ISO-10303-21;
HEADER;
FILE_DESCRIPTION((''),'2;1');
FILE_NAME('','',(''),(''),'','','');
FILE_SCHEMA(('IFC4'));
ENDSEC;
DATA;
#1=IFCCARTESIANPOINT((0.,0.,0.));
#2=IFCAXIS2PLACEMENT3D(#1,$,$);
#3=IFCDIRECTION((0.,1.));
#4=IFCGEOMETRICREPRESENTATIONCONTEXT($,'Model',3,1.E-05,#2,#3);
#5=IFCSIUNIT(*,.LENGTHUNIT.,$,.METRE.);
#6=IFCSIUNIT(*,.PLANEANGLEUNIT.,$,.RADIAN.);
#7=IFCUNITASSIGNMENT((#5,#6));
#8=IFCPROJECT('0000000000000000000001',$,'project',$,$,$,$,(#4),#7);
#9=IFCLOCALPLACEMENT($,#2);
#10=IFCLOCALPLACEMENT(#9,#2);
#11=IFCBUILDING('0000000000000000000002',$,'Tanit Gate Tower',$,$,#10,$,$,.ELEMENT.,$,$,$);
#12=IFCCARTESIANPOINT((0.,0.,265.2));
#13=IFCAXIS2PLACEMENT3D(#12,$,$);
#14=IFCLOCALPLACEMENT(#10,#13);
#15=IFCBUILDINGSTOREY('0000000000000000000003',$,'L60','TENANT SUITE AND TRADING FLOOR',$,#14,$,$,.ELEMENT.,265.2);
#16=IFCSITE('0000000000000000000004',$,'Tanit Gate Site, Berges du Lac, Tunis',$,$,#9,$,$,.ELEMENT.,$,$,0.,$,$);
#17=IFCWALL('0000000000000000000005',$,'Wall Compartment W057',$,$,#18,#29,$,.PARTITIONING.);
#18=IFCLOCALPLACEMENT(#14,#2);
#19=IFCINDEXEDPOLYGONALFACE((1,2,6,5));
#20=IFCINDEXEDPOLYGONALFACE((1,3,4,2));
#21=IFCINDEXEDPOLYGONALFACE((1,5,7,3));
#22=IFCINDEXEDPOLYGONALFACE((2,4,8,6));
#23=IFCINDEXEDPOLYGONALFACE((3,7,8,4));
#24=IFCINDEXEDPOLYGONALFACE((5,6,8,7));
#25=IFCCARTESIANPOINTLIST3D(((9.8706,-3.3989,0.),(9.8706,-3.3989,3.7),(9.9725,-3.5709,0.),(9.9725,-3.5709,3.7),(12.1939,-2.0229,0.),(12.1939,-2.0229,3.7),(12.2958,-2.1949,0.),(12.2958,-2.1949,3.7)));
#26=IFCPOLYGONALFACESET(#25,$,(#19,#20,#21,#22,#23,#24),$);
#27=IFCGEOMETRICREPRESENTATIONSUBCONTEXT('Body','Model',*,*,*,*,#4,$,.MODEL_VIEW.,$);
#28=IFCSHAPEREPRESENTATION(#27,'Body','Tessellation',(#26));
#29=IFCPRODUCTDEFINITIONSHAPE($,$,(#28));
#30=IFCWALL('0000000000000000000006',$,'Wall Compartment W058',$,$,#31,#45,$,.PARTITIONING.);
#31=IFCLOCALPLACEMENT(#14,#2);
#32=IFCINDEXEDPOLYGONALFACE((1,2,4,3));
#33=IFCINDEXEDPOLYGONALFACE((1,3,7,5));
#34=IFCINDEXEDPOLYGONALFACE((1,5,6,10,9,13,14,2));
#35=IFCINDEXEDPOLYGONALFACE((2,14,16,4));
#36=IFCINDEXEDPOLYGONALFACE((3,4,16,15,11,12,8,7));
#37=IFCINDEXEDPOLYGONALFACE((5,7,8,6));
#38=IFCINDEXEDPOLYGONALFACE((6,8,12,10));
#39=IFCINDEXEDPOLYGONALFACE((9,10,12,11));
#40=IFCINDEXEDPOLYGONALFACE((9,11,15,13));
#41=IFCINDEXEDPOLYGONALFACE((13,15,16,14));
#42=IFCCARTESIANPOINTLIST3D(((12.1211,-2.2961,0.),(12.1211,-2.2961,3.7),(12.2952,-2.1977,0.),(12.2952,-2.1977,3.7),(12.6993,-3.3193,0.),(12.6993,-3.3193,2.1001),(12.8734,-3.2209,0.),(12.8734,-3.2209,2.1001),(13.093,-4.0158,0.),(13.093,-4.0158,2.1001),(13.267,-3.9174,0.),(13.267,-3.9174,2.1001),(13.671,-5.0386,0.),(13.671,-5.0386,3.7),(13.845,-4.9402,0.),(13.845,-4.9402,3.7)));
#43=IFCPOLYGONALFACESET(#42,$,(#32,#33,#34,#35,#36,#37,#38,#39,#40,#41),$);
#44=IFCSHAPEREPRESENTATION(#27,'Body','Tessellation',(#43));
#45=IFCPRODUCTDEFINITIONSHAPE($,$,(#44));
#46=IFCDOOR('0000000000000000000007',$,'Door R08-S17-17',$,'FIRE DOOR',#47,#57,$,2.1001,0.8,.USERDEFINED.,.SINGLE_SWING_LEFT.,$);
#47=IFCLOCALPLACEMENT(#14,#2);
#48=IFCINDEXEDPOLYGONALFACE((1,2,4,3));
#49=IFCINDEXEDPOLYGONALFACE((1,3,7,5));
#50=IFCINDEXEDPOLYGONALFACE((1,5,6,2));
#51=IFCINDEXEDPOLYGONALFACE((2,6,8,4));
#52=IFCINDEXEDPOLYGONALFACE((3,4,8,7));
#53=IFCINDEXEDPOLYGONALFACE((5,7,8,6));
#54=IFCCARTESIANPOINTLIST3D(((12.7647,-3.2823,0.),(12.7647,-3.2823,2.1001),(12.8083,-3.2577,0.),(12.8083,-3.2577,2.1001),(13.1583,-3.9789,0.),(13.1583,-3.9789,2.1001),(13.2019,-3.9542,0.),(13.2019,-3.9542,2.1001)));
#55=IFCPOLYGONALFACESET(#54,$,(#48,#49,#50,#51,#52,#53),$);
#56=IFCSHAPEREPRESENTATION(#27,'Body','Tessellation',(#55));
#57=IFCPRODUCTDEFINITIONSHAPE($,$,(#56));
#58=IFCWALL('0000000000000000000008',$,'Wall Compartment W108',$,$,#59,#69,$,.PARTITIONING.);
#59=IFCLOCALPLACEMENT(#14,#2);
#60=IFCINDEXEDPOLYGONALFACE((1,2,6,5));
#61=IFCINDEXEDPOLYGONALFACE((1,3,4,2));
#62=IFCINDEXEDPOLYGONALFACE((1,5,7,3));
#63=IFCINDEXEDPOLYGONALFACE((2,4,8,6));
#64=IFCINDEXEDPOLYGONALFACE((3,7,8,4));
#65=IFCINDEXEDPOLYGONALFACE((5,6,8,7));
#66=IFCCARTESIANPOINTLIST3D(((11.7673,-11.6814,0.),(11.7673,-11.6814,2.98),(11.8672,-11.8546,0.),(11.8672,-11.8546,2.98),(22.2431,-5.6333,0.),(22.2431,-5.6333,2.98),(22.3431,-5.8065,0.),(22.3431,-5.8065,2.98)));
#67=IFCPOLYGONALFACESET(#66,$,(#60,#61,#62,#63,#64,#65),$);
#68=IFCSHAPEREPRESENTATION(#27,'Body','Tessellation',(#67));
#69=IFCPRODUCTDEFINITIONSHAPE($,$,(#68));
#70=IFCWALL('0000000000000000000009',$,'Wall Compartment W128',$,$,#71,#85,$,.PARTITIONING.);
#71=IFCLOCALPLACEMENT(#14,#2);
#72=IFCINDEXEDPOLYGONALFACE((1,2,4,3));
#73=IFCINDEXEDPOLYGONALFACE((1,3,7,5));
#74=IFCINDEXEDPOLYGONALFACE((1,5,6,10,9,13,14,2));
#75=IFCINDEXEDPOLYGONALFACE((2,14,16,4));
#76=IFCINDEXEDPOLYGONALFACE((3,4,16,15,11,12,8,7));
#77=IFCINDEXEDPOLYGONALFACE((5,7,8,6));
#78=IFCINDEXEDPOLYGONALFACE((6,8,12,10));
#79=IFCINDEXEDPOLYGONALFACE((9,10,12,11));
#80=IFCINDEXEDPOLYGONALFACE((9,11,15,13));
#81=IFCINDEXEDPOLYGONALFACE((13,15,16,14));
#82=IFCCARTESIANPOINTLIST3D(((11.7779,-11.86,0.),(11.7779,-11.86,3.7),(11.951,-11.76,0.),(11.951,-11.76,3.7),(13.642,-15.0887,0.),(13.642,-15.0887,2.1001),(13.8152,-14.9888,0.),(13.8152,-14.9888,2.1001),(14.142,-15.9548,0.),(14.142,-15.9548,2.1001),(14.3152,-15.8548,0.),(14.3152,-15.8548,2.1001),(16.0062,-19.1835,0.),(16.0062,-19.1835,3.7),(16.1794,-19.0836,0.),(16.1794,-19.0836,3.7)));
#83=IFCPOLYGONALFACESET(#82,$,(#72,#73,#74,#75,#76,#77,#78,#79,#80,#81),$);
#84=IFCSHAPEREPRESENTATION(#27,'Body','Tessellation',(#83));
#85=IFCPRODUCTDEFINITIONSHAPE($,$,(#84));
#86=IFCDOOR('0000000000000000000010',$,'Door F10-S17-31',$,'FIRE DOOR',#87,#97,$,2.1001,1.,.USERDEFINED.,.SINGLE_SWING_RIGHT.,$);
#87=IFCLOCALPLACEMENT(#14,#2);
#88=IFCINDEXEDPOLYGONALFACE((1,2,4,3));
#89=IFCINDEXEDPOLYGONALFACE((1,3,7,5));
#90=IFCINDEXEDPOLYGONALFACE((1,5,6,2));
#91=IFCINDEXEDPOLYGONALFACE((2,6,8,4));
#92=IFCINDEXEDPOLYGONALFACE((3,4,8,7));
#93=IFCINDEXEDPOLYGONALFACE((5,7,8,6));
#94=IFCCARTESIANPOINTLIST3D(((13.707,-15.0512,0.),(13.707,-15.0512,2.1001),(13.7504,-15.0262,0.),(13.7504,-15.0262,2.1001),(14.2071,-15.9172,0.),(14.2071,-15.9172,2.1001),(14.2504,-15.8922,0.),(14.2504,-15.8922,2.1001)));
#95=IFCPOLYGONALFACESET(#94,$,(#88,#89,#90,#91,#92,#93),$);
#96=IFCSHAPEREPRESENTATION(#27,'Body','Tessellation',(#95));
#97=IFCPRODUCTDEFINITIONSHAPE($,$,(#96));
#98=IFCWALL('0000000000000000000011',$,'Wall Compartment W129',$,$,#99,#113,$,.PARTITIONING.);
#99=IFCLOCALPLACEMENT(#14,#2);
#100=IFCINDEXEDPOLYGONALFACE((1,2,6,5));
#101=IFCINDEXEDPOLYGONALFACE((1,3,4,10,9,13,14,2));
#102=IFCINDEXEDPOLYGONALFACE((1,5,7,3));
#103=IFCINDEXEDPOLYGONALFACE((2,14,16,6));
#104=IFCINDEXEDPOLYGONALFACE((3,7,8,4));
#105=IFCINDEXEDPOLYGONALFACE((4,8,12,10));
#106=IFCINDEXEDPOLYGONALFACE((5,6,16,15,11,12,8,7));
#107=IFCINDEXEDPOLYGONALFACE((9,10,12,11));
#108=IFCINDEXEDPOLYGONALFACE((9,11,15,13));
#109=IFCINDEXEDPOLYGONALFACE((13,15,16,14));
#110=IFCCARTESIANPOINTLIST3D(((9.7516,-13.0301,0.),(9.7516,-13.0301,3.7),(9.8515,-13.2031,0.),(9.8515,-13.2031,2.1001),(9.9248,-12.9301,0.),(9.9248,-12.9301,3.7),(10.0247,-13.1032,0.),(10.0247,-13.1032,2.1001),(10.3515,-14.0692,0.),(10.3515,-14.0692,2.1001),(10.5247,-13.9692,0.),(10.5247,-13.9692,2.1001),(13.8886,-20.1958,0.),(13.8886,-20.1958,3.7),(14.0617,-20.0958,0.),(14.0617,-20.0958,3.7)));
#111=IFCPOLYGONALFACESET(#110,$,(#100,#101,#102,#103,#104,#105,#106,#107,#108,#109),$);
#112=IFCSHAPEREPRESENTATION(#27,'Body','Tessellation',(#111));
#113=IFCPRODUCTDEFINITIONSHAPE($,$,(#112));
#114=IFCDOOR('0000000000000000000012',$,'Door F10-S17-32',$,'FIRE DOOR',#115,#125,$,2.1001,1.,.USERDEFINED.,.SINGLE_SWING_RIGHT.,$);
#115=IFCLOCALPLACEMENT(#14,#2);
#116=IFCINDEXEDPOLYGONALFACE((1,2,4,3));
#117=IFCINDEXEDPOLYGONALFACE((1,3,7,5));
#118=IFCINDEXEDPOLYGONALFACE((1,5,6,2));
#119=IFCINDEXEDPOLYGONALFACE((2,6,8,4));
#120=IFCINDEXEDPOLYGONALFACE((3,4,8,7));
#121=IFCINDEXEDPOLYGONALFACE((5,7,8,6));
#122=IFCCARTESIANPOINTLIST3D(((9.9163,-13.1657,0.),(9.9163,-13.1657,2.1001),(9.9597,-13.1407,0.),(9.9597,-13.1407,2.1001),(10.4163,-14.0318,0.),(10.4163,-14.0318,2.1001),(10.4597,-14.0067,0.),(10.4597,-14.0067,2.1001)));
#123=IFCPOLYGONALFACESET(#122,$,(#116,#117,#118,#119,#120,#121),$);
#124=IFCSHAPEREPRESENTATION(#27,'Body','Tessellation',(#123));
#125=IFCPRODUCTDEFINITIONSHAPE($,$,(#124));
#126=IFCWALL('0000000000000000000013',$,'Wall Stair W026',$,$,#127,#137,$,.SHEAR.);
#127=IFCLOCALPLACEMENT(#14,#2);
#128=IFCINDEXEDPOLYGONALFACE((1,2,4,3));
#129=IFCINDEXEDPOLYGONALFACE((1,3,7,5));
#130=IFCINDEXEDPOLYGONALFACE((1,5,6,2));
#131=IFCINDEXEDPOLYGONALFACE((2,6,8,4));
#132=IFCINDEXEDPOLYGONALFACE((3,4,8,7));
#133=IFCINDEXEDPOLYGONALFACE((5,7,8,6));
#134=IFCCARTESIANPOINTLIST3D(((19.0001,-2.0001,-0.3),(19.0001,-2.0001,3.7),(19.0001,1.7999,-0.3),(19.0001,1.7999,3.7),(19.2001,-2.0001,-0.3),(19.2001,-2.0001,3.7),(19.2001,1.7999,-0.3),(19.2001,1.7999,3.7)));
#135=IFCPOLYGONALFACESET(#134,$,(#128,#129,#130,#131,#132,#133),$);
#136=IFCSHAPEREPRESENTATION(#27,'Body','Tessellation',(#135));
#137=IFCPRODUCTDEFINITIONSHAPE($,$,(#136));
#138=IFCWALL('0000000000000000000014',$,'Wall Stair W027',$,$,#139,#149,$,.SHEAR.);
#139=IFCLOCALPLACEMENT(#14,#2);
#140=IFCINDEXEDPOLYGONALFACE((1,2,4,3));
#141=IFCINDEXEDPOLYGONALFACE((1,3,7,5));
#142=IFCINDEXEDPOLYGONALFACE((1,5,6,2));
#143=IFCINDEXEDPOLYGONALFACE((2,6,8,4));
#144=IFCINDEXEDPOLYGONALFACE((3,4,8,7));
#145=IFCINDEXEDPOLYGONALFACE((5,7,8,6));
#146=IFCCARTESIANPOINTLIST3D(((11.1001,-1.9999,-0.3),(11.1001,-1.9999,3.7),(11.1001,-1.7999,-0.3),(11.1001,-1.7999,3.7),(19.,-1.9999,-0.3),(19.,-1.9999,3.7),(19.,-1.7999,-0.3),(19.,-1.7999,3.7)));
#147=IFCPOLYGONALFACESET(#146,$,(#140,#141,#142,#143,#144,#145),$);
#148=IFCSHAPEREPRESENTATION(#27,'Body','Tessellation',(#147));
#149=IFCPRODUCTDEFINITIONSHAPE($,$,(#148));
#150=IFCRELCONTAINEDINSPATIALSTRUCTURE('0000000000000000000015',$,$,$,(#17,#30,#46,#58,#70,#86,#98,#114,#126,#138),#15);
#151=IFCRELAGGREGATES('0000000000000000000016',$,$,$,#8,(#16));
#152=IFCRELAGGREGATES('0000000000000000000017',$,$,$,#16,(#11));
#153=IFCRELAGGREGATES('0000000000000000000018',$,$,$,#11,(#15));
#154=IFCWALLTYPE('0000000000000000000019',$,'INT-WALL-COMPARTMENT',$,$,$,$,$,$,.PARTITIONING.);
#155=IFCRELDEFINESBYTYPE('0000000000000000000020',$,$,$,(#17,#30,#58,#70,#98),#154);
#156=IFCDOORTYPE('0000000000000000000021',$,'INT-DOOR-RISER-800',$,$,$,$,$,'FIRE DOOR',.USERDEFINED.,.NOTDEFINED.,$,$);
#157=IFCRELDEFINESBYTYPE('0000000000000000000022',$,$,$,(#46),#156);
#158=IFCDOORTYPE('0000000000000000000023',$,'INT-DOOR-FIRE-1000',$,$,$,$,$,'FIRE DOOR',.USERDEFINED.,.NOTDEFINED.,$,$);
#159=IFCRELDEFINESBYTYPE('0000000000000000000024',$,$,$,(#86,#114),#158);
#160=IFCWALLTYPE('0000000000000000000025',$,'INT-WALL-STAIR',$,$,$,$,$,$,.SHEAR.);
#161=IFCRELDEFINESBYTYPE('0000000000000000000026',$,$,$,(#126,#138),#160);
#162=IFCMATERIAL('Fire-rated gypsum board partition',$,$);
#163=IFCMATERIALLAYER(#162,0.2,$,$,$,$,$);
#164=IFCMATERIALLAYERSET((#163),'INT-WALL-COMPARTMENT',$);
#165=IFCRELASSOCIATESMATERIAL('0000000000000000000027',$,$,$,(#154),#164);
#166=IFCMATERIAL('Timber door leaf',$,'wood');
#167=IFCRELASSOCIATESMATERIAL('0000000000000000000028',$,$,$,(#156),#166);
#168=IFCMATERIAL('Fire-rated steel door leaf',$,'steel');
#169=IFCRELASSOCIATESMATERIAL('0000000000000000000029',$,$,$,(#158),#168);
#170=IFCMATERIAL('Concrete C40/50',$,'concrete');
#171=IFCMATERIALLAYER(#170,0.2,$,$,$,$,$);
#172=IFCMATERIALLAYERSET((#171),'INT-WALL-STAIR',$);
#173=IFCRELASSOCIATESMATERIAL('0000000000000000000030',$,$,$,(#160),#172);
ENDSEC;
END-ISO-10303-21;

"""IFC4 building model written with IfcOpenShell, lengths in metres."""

from ifc_helpers import new_model, si_unit, direction, frame, frame_2d, origin, place, context, subcontext, project, spatial, rectangle, extrude, material, layer, layer_set, type_object, element, fill, save


model = new_model("IFC4")

# Units and contexts
model_context = context("Model", 3, precision=1e-05, world=origin(), true_north=direction((0.0, 1.0)))
body_context = subcontext(model_context, "Body", "Model", "MODEL_VIEW")
ifc_project = project(units=[si_unit("LENGTHUNIT", "METRE"), si_unit("PLANEANGLEUNIT", "RADIAN")], contexts=[model_context])

# Site, building, storey
site_placement = place(None, origin())
site = spatial("IfcSite", under=ifc_project, at=site_placement, Name="Tanit Gate Site, Berges du Lac, Tunis", CompositionType="ELEMENT", RefElevation=0.0)
building_placement = place(site_placement, origin())
building = spatial("IfcBuilding", under=site, at=building_placement, Name="Tanit Gate Tower", CompositionType="ELEMENT")
storey_placement = place(building_placement, frame((0.0, 0.0, 265.2)))
storey = spatial("IfcBuildingStorey", under=building, at=storey_placement, Name="L60", Description="TENANT SUITE AND TRADING FLOOR", CompositionType="ELEMENT", Elevation=265.2)

# Wall
ifc_material_1 = material(Name="Fire-rated gypsum board partition")
ifc_layer_1 = layer(ifc_material_1, 0.2)
ifc_layer_set_1 = layer_set([ifc_layer_1], Name="INT-WALL-COMPARTMENT")
wall_type_1 = type_object("IfcWallType", Name="INT-WALL-COMPARTMENT", PredefinedType="PARTITIONING", material=ifc_layer_set_1)
wall_1_placement = place(storey_placement, frame((12.2449, -2.1089, 0.0), z_axis=(0.0, 0.0, 1.0), x_axis=(-0.860415, -0.509594, 0.0)))
element("IfcWall", 1, at=wall_1_placement, inside=storey, type_object=wall_type_1, Name="Wall Compartment W057", PredefinedType="PARTITIONING", context=body_context, shape_type="SweptSolid", body=[
    extrude(rectangle(XDim=2.7002, YDim=0.2, at=frame_2d((1.3501, 0.0))), origin(), (0.0, 0.0, 1.0), 3.7),
])

# Wall, opening, door
wall_2_placement = place(storey_placement, frame((13.7581, -4.9895, 0.0), z_axis=(0.0, 0.0, 1.0), x_axis=(-0.491993, 0.870599, 0.0)))
wall_2 = element("IfcWall", 2, at=wall_2_placement, inside=storey, type_object=wall_type_1, Name="Wall Compartment W058", PredefinedType="PARTITIONING", context=body_context, shape_type="SweptSolid", body=[
    extrude(rectangle(XDim=3.1501, YDim=0.2, at=frame_2d((1.5752, 0.0))), origin(), (0.0, 0.0, 1.0), 3.7),
])
opening_1_placement = place(wall_2_placement, frame((1.175, 0.0, 0.0)))
opening_1 = element("IfcOpeningElement", 3, at=opening_1_placement, cuts=wall_2, PredefinedType="OPENING", context=body_context, shape_type="SweptSolid", body=[
    extrude(rectangle(XDim=0.8, YDim=2.1001, at=frame_2d((0.3999, 1.05))), frame((0.0, 0.1099, 0.0), z_axis=(0.0, -1.0, 0.0), x_axis=(1.0, 0.0, 0.0)), (0.0, 0.0, 1.0), 0.22),
])
ifc_material_2 = material(Name="Timber door leaf", Category="wood")
door_type_1 = type_object("IfcDoorType", Name="INT-DOOR-RISER-800", ElementType="FIRE DOOR", OperationType="NOTDEFINED", PredefinedType="USERDEFINED", material=ifc_material_2)
door_1_placement = place(opening_1_placement, origin())
door_1 = element("IfcDoor", 4, at=door_1_placement, inside=storey, type_object=door_type_1, Name="Door R08-S17-17", ObjectType="FIRE DOOR", OperationType="SINGLE_SWING_LEFT", OverallHeight=2.1001, OverallWidth=0.8, PredefinedType="USERDEFINED", context=body_context, shape_type="SweptSolid", body=[
    extrude(rectangle(XDim=0.8, YDim=2.1001, at=frame_2d((0.3999, 1.05))), frame((0.0, 0.0249, 0.0), z_axis=(0.0, -1.0, 0.0), x_axis=(1.0, 0.0, 0.0)), (0.0, 0.0, 1.0), 0.05),
])
fill(opening_1, door_1)

# Wall
wall_3_placement = place(storey_placement, frame((11.8171, -11.7681, 0.0), z_axis=(0.0, 0.0, 1.0), x_axis=(0.86603, 0.499992, 0.0)))
element("IfcWall", 5, at=wall_3_placement, inside=storey, type_object=wall_type_1, Name="Wall Compartment W108", PredefinedType="PARTITIONING", context=body_context, shape_type="SweptSolid", body=[
    extrude(rectangle(XDim=12.0964, YDim=0.2, at=frame_2d((6.0483, 0.0))), origin(), (0.0, 0.0, 1.0), 2.98),
])

# Walls, openings, doors
wall_4_placement = place(storey_placement, frame((16.0928, -19.1335, 0.0), z_axis=(0.0, 0.0, 1.0), x_axis=(-0.500005, 0.866023, 0.0)))
wall_4 = element("IfcWall", 6, at=wall_4_placement, inside=storey, type_object=wall_type_1, Name="Wall Compartment W128", PredefinedType="PARTITIONING", context=body_context, shape_type="SweptSolid", body=[
    extrude(rectangle(XDim=8.4565, YDim=0.2, at=frame_2d((4.2283, 0.0))), origin(), (0.0, 0.0, 1.0), 3.7),
])
opening_2_placement = place(wall_4_placement, frame((3.7283, 0.0, 0.0)))
opening_2 = element("IfcOpeningElement", 7, at=opening_2_placement, cuts=wall_4, PredefinedType="OPENING", context=body_context, shape_type="SweptSolid", body=[
    extrude(rectangle(XDim=1.0, YDim=2.1001, at=frame_2d((0.5, 1.05))), frame((0.0, 0.1099, 0.0), z_axis=(0.0, -1.0, 0.0), x_axis=(1.0, 0.0, 0.0)), (0.0, 0.0, 1.0), 0.22),
])
ifc_material_3 = material(Name="Fire-rated steel door leaf", Category="steel")
door_type_2 = type_object("IfcDoorType", Name="INT-DOOR-FIRE-1000", ElementType="FIRE DOOR", OperationType="NOTDEFINED", PredefinedType="USERDEFINED", material=ifc_material_3)
door_2_placement = place(opening_2_placement, origin())
door_2 = element("IfcDoor", 8, at=door_2_placement, inside=storey, type_object=door_type_2, Name="Door F10-S17-31", ObjectType="FIRE DOOR", OperationType="SINGLE_SWING_RIGHT", OverallHeight=2.1001, OverallWidth=1.0, PredefinedType="USERDEFINED", context=body_context, shape_type="SweptSolid", body=[
    extrude(rectangle(XDim=1.0, YDim=2.1001, at=frame_2d((0.5, 1.05))), frame((0.0, 0.0249, 0.0), z_axis=(0.0, -1.0, 0.0), x_axis=(1.0, 0.0, 0.0)), (0.0, 0.0, 1.0), 0.05),
])
fill(opening_2, door_2)
wall_5_placement = place(storey_placement, frame((9.8381, -12.98, 0.0), z_axis=(0.0, 0.0, 1.0), x_axis=(0.499982, -0.866036, 0.0)))
wall_5 = element("IfcWall", 9, at=wall_5_placement, inside=storey, type_object=wall_type_1, Name="Wall Compartment W129", PredefinedType="PARTITIONING", context=body_context, shape_type="SweptSolid", body=[
    extrude(rectangle(XDim=8.2742, YDim=0.2, at=frame_2d((4.1372, 0.0))), origin(), (0.0, 0.0, 1.0), 3.7),
])
opening_3_placement = place(wall_5_placement, frame((0.2, 0.0, 0.0)))
opening_3 = element("IfcOpeningElement", 10, at=opening_3_placement, cuts=wall_5, PredefinedType="OPENING", context=body_context, shape_type="SweptSolid", body=[
    extrude(rectangle(XDim=1.0, YDim=2.1001, at=frame_2d((0.5, 1.05))), frame((0.0, 0.1099, 0.0), z_axis=(0.0, -1.0, 0.0), x_axis=(1.0, 0.0, 0.0)), (0.0, 0.0, 1.0), 0.22),
])
door_3_placement = place(opening_3_placement, origin())
door_3 = element("IfcDoor", 11, at=door_3_placement, inside=storey, type_object=door_type_2, Name="Door F10-S17-32", ObjectType="FIRE DOOR", OperationType="SINGLE_SWING_RIGHT", OverallHeight=2.1001, OverallWidth=1.0, PredefinedType="USERDEFINED", context=body_context, shape_type="SweptSolid", body=[
    extrude(rectangle(XDim=1.0, YDim=2.1001, at=frame_2d((0.5, 1.05))), frame((0.0, 0.0249, 0.0), z_axis=(0.0, -1.0, 0.0), x_axis=(1.0, 0.0, 0.0)), (0.0, 0.0, 1.0), 0.05),
])
fill(opening_3, door_3)

# Walls
ifc_material_4 = material(Name="Concrete C40/50", Category="concrete")
ifc_layer_2 = layer(ifc_material_4, 0.2)
ifc_layer_set_2 = layer_set([ifc_layer_2], Name="INT-WALL-STAIR")
wall_type_2 = type_object("IfcWallType", Name="INT-WALL-STAIR", PredefinedType="SHEAR", material=ifc_layer_set_2)
wall_6_placement = place(storey_placement, frame((19.1001, -2.0, -0.3), z_axis=(0.0, 0.0, 1.0), x_axis=(0.0, 1.0, 0.0)))
element("IfcWall", 12, at=wall_6_placement, inside=storey, type_object=wall_type_2, Name="Wall Stair W026", PredefinedType="SHEAR", context=body_context, shape_type="SweptSolid", body=[
    extrude(rectangle(XDim=3.8, YDim=0.2, at=frame_2d((1.8999, 0.0))), origin(), (0.0, 0.0, 1.0), 4.0),
])
wall_7_placement = place(storey_placement, frame((11.1001, -1.8999, -0.3), z_axis=(0.0, 0.0, 1.0), x_axis=(1.0, 0.0, 0.0)))
element("IfcWall", 13, at=wall_7_placement, inside=storey, type_object=wall_type_2, Name="Wall Stair W027", PredefinedType="SHEAR", context=body_context, shape_type="SweptSolid", body=[
    extrude(rectangle(XDim=7.8999, YDim=0.2, at=frame_2d((3.95, 0.0))), origin(), (0.0, 0.0, 1.0), 4.0),
])

save(model, "model.ifc")
